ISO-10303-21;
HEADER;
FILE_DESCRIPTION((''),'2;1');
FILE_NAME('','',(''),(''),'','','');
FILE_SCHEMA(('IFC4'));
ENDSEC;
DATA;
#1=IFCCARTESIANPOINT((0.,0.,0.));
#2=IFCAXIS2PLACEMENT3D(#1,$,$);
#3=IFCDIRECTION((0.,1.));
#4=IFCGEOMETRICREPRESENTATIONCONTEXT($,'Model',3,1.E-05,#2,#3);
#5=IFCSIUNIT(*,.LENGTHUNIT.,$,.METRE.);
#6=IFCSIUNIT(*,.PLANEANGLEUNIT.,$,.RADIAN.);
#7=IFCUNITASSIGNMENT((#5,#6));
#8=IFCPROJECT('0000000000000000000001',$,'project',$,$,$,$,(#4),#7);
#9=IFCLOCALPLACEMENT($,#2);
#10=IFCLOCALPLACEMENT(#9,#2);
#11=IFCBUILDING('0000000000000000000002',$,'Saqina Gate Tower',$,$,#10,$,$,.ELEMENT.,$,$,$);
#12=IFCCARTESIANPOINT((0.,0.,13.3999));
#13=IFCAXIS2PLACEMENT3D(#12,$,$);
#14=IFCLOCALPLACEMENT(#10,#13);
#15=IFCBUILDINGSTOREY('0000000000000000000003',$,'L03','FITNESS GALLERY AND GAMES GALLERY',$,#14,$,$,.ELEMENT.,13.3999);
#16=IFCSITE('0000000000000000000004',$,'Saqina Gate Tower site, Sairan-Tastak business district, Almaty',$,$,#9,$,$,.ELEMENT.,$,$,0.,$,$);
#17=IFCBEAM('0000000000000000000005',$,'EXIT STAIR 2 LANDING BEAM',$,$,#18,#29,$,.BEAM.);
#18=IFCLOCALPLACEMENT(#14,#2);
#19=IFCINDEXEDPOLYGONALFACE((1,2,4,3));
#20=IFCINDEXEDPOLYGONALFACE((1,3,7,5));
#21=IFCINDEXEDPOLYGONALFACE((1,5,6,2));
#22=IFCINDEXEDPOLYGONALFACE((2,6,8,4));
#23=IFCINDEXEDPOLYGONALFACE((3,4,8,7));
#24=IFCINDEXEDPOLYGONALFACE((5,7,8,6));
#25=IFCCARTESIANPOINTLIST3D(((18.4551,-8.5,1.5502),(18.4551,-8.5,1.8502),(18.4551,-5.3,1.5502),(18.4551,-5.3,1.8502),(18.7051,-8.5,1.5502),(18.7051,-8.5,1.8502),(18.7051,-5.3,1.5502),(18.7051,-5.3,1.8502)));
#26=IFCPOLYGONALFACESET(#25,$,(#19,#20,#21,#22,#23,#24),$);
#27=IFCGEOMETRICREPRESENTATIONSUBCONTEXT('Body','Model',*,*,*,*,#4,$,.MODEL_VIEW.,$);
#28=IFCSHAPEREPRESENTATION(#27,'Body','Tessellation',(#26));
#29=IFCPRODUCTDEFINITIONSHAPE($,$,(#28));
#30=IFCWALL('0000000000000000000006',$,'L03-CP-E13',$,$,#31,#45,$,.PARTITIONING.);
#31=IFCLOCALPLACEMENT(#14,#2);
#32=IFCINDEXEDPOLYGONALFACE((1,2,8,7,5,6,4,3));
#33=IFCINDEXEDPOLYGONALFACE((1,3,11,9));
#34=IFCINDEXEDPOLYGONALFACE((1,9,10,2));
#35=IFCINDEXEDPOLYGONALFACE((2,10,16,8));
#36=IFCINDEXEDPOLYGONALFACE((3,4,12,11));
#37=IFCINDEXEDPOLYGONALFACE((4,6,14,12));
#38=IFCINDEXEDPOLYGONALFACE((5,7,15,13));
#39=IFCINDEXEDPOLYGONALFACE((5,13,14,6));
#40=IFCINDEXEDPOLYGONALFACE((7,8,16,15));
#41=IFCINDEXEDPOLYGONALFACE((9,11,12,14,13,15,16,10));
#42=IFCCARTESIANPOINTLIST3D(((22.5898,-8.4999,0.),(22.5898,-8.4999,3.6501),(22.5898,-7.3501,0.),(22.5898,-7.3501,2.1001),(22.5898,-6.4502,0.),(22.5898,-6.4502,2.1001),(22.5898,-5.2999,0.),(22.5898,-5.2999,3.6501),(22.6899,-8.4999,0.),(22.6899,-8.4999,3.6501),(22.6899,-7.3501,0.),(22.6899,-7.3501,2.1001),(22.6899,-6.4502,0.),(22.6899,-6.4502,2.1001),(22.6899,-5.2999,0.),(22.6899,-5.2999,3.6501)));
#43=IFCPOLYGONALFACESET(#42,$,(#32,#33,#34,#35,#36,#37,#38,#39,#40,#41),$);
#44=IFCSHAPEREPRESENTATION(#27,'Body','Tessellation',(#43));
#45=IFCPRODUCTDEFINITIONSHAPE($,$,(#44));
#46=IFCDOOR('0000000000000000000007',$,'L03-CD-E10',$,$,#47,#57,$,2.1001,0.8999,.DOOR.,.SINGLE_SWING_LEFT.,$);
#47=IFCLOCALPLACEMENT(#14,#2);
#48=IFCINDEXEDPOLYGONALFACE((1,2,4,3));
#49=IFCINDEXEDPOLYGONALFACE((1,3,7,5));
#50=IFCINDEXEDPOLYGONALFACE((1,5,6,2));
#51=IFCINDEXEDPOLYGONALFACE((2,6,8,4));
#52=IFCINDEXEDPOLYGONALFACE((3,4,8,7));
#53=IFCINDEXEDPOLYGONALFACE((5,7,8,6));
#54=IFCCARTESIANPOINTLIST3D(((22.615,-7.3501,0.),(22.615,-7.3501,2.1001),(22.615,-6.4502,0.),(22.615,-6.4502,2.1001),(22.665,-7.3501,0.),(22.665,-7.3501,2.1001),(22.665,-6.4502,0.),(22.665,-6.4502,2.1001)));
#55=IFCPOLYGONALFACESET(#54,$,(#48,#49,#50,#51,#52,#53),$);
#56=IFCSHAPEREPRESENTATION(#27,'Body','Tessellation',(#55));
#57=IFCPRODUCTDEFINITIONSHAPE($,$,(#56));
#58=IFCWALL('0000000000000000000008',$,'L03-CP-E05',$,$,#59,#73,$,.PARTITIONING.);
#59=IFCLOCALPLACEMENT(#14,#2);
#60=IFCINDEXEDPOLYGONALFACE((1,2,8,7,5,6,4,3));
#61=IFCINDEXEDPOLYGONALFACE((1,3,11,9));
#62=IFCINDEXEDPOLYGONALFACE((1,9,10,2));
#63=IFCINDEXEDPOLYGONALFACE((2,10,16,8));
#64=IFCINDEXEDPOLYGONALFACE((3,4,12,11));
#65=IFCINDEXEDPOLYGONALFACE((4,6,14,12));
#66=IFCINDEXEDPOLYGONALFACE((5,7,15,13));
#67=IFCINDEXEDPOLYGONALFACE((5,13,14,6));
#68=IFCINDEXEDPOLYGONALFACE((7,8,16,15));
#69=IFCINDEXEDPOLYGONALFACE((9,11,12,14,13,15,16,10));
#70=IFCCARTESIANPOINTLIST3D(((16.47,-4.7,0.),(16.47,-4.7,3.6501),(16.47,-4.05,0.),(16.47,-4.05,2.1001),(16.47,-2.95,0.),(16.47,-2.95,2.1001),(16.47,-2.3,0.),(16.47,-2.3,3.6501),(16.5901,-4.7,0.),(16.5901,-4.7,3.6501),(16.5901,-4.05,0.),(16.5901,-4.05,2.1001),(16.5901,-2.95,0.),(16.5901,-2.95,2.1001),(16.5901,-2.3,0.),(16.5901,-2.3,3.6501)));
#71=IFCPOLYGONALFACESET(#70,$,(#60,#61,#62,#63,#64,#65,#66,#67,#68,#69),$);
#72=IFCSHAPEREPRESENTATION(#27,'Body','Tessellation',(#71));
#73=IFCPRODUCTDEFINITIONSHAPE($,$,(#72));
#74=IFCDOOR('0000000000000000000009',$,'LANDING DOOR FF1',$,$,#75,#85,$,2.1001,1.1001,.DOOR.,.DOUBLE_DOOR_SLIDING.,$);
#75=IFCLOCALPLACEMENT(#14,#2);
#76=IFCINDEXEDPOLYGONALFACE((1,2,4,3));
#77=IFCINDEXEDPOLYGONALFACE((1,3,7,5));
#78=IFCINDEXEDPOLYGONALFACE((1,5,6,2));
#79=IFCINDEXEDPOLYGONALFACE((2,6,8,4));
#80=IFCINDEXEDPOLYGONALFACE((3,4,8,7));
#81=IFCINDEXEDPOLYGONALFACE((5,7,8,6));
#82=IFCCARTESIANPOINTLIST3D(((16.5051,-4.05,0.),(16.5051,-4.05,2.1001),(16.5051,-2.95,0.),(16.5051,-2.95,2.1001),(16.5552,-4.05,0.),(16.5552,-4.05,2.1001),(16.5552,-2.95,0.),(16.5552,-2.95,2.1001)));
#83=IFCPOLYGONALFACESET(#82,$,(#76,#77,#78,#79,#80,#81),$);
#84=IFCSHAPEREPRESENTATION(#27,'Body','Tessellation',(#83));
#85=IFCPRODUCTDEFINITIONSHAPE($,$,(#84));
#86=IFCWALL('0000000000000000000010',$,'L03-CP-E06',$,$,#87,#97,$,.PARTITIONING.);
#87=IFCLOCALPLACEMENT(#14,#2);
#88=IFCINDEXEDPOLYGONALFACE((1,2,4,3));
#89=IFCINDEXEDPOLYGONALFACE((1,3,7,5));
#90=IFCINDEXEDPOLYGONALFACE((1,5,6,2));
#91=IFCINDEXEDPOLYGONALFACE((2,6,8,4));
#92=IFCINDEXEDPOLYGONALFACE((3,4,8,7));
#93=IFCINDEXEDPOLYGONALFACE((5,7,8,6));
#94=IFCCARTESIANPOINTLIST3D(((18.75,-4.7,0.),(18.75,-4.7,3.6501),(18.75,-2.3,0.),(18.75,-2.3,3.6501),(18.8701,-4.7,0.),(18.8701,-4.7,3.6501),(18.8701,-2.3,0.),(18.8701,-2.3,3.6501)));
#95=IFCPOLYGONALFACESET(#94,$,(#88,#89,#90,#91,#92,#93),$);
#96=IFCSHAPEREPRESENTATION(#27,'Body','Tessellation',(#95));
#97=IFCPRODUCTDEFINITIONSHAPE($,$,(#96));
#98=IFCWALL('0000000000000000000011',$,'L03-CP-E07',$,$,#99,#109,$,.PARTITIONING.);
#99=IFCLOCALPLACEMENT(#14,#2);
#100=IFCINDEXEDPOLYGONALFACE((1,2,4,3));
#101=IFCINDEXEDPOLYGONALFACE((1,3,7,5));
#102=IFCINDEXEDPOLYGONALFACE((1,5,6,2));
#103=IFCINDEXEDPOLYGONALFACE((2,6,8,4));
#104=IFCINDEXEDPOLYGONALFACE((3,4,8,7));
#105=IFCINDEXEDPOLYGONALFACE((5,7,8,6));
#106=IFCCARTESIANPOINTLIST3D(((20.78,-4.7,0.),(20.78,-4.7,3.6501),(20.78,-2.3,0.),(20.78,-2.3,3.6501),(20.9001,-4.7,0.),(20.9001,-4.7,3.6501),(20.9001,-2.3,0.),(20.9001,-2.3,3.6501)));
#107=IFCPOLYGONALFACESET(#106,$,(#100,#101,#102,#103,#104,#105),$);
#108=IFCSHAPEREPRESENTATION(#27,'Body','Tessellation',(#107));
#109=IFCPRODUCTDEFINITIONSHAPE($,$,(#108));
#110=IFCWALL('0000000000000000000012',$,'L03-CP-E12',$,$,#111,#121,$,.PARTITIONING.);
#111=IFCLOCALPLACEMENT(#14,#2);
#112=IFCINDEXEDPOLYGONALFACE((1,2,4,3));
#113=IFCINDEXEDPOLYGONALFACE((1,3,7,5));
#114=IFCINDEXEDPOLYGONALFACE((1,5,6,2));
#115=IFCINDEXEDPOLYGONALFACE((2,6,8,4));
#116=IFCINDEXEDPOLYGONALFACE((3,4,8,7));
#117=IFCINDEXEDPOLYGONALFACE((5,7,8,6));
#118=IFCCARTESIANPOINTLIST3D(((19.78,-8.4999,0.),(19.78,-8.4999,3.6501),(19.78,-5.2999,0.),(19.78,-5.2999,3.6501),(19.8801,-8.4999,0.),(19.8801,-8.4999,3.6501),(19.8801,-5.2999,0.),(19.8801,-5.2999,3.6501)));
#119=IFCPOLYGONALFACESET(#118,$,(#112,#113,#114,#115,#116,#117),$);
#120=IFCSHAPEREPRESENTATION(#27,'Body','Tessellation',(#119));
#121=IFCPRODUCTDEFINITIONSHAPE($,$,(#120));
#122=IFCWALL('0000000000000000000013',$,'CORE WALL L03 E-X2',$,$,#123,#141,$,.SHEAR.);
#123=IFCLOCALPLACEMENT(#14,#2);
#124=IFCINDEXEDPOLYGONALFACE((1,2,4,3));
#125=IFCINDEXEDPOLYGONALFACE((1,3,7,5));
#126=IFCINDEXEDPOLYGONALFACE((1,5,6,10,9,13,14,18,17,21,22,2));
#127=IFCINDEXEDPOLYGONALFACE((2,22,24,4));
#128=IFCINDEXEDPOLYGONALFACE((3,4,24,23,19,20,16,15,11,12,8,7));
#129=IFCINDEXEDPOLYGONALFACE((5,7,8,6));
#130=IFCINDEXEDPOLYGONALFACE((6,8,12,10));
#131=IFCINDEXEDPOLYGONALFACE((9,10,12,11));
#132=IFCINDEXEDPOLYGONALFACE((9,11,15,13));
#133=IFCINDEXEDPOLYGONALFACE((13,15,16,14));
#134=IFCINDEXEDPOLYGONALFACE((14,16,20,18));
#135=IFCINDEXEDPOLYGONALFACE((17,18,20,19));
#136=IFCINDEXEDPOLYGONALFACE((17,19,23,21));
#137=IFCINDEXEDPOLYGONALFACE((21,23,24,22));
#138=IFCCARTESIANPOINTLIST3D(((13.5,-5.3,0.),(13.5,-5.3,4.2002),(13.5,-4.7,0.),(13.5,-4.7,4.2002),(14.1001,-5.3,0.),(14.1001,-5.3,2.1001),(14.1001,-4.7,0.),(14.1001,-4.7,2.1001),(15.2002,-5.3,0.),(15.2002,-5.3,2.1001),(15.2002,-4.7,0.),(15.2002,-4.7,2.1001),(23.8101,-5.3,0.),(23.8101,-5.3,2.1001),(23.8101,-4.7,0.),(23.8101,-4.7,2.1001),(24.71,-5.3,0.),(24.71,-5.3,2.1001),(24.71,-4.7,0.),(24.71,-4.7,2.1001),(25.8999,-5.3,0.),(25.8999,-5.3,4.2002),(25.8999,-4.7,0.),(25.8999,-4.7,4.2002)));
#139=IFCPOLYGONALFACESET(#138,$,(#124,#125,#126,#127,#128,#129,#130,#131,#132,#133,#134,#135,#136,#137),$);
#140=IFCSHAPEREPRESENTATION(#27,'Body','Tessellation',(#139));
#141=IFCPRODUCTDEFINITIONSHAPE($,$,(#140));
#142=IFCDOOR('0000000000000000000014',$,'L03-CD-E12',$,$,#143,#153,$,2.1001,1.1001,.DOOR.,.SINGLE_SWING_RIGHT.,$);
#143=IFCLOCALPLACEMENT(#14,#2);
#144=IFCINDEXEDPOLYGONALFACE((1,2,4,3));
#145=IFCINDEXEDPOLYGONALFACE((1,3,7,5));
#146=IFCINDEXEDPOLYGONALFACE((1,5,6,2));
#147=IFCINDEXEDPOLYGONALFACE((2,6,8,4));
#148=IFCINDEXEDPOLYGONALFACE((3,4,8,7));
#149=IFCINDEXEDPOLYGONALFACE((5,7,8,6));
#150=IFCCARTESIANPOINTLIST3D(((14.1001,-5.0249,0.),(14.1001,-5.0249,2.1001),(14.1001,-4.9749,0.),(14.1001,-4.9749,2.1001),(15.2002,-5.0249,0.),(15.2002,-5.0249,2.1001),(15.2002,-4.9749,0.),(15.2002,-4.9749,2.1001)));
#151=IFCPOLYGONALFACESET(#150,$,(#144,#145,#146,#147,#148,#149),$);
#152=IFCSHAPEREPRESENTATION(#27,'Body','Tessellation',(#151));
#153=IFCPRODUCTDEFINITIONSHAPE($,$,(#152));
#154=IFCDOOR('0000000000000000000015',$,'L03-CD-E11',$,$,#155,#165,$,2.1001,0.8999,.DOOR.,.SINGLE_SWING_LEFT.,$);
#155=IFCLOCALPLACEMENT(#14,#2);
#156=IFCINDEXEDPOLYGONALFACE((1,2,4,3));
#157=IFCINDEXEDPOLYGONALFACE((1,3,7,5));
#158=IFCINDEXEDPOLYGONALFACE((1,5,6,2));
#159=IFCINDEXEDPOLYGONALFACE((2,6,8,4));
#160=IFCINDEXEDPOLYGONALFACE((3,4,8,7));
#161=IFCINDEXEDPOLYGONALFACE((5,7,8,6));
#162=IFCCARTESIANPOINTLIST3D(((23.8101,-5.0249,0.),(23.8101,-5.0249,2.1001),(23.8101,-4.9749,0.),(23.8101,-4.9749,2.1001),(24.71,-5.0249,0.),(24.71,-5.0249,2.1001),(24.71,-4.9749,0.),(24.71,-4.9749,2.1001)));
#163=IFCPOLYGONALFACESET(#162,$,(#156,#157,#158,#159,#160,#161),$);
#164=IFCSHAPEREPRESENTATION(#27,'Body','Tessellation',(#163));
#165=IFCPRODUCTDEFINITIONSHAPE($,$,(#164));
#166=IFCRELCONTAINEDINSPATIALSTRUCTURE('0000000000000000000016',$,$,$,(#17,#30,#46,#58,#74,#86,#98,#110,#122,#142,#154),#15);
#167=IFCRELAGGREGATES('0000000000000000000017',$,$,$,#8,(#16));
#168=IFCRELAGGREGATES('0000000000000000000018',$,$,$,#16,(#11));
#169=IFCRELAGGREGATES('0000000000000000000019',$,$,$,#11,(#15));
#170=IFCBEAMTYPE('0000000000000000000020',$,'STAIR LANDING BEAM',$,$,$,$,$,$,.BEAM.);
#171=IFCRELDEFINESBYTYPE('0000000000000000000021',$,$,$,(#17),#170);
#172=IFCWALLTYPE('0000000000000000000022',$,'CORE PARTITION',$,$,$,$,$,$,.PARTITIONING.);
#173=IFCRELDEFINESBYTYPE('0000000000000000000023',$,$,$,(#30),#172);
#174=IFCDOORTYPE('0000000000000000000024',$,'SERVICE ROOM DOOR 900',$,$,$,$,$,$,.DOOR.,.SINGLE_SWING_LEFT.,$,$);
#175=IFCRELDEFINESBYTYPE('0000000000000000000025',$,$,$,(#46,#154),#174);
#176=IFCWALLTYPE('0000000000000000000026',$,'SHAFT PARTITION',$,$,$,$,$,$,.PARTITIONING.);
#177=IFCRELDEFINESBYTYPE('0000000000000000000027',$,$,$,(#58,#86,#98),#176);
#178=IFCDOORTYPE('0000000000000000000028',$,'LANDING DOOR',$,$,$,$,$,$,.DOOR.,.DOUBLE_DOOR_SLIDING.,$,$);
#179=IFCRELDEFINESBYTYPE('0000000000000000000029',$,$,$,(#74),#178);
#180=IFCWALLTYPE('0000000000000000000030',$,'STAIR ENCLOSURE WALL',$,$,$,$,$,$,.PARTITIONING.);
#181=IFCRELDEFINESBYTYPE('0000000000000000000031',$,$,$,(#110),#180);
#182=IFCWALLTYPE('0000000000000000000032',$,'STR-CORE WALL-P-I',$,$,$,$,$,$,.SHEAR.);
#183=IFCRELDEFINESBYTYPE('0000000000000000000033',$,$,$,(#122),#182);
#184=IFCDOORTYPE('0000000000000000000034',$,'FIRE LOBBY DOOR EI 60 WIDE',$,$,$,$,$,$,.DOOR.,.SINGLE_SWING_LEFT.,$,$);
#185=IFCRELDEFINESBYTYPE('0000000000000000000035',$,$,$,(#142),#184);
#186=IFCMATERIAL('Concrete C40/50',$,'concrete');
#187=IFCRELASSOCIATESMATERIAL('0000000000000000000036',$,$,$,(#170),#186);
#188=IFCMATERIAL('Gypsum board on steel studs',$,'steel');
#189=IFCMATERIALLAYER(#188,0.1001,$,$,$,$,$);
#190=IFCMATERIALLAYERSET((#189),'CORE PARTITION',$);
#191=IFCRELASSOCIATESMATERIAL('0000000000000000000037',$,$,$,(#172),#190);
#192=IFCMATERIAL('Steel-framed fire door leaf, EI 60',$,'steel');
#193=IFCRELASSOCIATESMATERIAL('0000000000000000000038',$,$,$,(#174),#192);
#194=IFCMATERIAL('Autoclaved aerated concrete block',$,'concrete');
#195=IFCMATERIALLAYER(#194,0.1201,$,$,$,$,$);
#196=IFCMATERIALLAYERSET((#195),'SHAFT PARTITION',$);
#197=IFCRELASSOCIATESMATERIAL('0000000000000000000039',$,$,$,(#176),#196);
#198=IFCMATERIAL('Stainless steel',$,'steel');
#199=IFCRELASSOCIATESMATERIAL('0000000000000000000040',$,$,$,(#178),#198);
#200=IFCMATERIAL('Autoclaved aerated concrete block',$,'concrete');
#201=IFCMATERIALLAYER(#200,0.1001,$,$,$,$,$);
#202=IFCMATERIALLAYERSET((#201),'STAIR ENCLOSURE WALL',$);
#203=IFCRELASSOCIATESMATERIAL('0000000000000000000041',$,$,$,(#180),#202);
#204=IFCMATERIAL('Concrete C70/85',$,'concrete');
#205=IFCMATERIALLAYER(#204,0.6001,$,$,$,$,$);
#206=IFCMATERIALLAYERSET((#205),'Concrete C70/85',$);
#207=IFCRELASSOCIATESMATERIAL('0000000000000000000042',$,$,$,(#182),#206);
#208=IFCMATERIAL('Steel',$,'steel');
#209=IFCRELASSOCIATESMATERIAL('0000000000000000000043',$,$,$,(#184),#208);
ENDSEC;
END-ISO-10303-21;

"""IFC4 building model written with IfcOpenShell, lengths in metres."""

from ifc_helpers import new_model, si_unit, direction, frame, frame_2d, origin, origin_2d, place, context, subcontext, project, spatial, rectangle, extrude, material, layer, layer_set, material_profile, profile_set, type_object, element, fill, save


model = new_model("IFC4")

# Units and contexts
model_context = context("Model", 3, precision=1e-05, world=origin(), true_north=direction((0.0, 1.0)))
body_context = subcontext(model_context, "Body", "Model", "MODEL_VIEW")
ifc_project = project(units=[si_unit("LENGTHUNIT", "METRE"), si_unit("PLANEANGLEUNIT", "RADIAN")], contexts=[model_context])

# Site, building, storey
site_placement = place(None, origin())
site = spatial("IfcSite", under=ifc_project, at=site_placement, Name="Saqina Gate Tower site, Sairan-Tastak business district, Almaty", CompositionType="ELEMENT", RefElevation=0.0)
building_placement = place(site_placement, origin())
building = spatial("IfcBuilding", under=site, at=building_placement, Name="Saqina Gate Tower", CompositionType="ELEMENT")
storey_placement = place(building_placement, frame((0.0, 0.0, 13.3999)))
storey = spatial("IfcBuildingStorey", under=building, at=storey_placement, Name="L03", Description="FITNESS GALLERY AND GAMES GALLERY", CompositionType="ELEMENT", Elevation=13.3999)

# Beam
ifc_material_1 = material(Name="Concrete C40/50", Category="concrete")
ifc_material_profile = material_profile(ifc_material_1, rectangle(XDim=0.25, YDim=0.3, at=origin_2d()), Name="STAIR LANDING BEAM")
ifc_profile_set = profile_set([ifc_material_profile], Name="Concrete C40/50")
beam_type = type_object("IfcBeamType", Name="STAIR LANDING BEAM", PredefinedType="BEAM", material=ifc_profile_set)
beam_placement = place(storey_placement, frame((18.5801, -8.5, 1.7002), z_axis=(0.0, 1.0, 0.0), x_axis=(-1.0, 0.0, 0.0)))
element("IfcBeam", 1, at=beam_placement, inside=storey, type_object=beam_type, Name="EXIT STAIR 2 LANDING BEAM", PredefinedType="BEAM", context=body_context, shape_type="SweptSolid", body=[
    extrude(rectangle(XDim=0.25, YDim=0.3, at=origin_2d()), origin(), (0.0, 0.0, 1.0), 3.2),
])

# Walls, openings, doors
ifc_material_2 = material(Name="Gypsum board on steel studs", Category="steel")
ifc_layer_1 = layer(ifc_material_2, 0.1001)
ifc_layer_set_1 = layer_set([ifc_layer_1], Name="CORE PARTITION")
wall_type_1 = type_object("IfcWallType", Name="CORE PARTITION", PredefinedType="PARTITIONING", material=ifc_layer_set_1)
wall_1_placement = place(storey_placement, frame((22.6399, -8.5, 0.0), z_axis=(0.0, 0.0, 1.0), x_axis=(0.0, 1.0, 0.0)))
wall_1 = element("IfcWall", 2, at=wall_1_placement, inside=storey, type_object=wall_type_1, Name="L03-CP-E13", PredefinedType="PARTITIONING", context=body_context, shape_type="SweptSolid", body=[
    extrude(rectangle(XDim=3.2, YDim=0.1001, at=frame_2d((1.6001, 0.0))), origin(), (0.0, 0.0, 1.0), 3.6501),
])
opening_1_placement = place(wall_1_placement, frame((1.1499, 0.0, 0.0)))
opening_1 = element("IfcOpeningElement", 3, at=opening_1_placement, cuts=wall_1, PredefinedType="OPENING", context=body_context, shape_type="SweptSolid", body=[
    extrude(rectangle(XDim=0.8999, YDim=2.1001, at=frame_2d((0.45, 1.05))), frame((0.0, 0.062, 0.0), z_axis=(0.0, -1.0, 0.0), x_axis=(1.0, 0.0, 0.0)), (0.0, 0.0, 1.0), 0.124),
])
ifc_material_3 = material(Name="Steel-framed fire door leaf, EI 60", Category="steel")
door_type_1 = type_object("IfcDoorType", Name="SERVICE ROOM DOOR 900", OperationType="SINGLE_SWING_LEFT", PredefinedType="DOOR", material=ifc_material_3)
door_1_placement = place(opening_1_placement, origin())
door_1 = element("IfcDoor", 4, at=door_1_placement, inside=storey, type_object=door_type_1, Name="L03-CD-E10", OperationType="SINGLE_SWING_LEFT", OverallHeight=2.1001, OverallWidth=0.8999, PredefinedType="DOOR", context=body_context, shape_type="SweptSolid", body=[
    extrude(rectangle(XDim=0.8999, YDim=2.1001, at=frame_2d((0.45, 1.05))), frame((0.0, 0.0249, 0.0), z_axis=(0.0, -1.0, 0.0), x_axis=(1.0, 0.0, 0.0)), (0.0, 0.0, 1.0), 0.05),
])
fill(opening_1, door_1)
ifc_material_4 = material(Name="Autoclaved aerated concrete block", Category="concrete")
ifc_layer_2 = layer(ifc_material_4, 0.1201)
ifc_layer_set_2 = layer_set([ifc_layer_2], Name="SHAFT PARTITION")
wall_type_2 = type_object("IfcWallType", Name="SHAFT PARTITION", PredefinedType="PARTITIONING", material=ifc_layer_set_2)
wall_2_placement = place(storey_placement, frame((16.53, -4.7, 0.0), z_axis=(0.0, 0.0, 1.0), x_axis=(0.0, 1.0, 0.0)))
wall_2 = element("IfcWall", 5, at=wall_2_placement, inside=storey, type_object=wall_type_2, Name="L03-CP-E05", PredefinedType="PARTITIONING", context=body_context, shape_type="SweptSolid", body=[
    extrude(rectangle(XDim=2.3999, YDim=0.1201, at=frame_2d((1.2, 0.0))), origin(), (0.0, 0.0, 1.0), 3.6501),
])
opening_2_placement = place(wall_2_placement, frame((0.6499, 0.0, 0.0)))
opening_2 = element("IfcOpeningElement", 6, at=opening_2_placement, cuts=wall_2, PredefinedType="OPENING", context=body_context, shape_type="SweptSolid", body=[
    extrude(rectangle(XDim=1.1001, YDim=2.1001, at=frame_2d((0.55, 1.05))), frame((0.0, 0.072, 0.0), z_axis=(0.0, -1.0, 0.0), x_axis=(1.0, 0.0, 0.0)), (0.0, 0.0, 1.0), 0.144),
])
ifc_material_5 = material(Name="Stainless steel", Category="steel")
door_type_2 = type_object("IfcDoorType", Name="LANDING DOOR", OperationType="DOUBLE_DOOR_SLIDING", PredefinedType="DOOR", material=ifc_material_5)
door_2_placement = place(opening_2_placement, origin())
door_2 = element("IfcDoor", 7, at=door_2_placement, inside=storey, type_object=door_type_2, Name="LANDING DOOR FF1", OperationType="DOUBLE_DOOR_SLIDING", OverallHeight=2.1001, OverallWidth=1.1001, PredefinedType="DOOR", context=body_context, shape_type="SweptSolid", body=[
    extrude(rectangle(XDim=1.1001, YDim=2.1001, at=frame_2d((0.55, 1.05))), frame((0.0, 0.0249, 0.0), z_axis=(0.0, -1.0, 0.0), x_axis=(1.0, 0.0, 0.0)), (0.0, 0.0, 1.0), 0.05),
])
fill(opening_2, door_2)

# Walls
for number, where, z_axis, x_axis, name in (
    (8, (18.8101, -4.7, 0.0), (0.0, 0.0, 1.0), (0.0, 1.0, 0.0), "L03-CP-E06"),
    (9, (20.8401, -4.7, 0.0), (0.0, 0.0, 1.0), (0.0, 1.0, 0.0), "L03-CP-E07"),
):
    element("IfcWall", number, at=place(storey_placement, frame(where, z_axis=z_axis, x_axis=x_axis)), inside=storey, type_object=wall_type_2, Name=name, PredefinedType="PARTITIONING", context=body_context, shape_type="SweptSolid", body=[
        extrude(rectangle(XDim=2.3999, YDim=0.1201, at=frame_2d((1.2, 0.0))), origin(), (0.0, 0.0, 1.0), 3.6501),
    ])
ifc_material_6 = material(Name="Autoclaved aerated concrete block", Category="concrete")
ifc_layer_3 = layer(ifc_material_6, 0.1001)
ifc_layer_set_3 = layer_set([ifc_layer_3], Name="STAIR ENCLOSURE WALL")
wall_type_3 = type_object("IfcWallType", Name="STAIR ENCLOSURE WALL", PredefinedType="PARTITIONING", material=ifc_layer_set_3)
wall_3_placement = place(storey_placement, frame((19.8301, -8.5, 0.0), z_axis=(0.0, 0.0, 1.0), x_axis=(0.0, 1.0, 0.0)))
element("IfcWall", 10, at=wall_3_placement, inside=storey, type_object=wall_type_3, Name="L03-CP-E12", PredefinedType="PARTITIONING", context=body_context, shape_type="SweptSolid", body=[
    extrude(rectangle(XDim=3.2, YDim=0.1001, at=frame_2d((1.6001, 0.0))), origin(), (0.0, 0.0, 1.0), 3.6501),
])

# Wall, openings, doors
ifc_material_7 = material(Name="Concrete C70/85", Category="concrete")
ifc_layer_4 = layer(ifc_material_7, 0.6001)
ifc_layer_set_4 = layer_set([ifc_layer_4], Name="Concrete C70/85")
wall_type_4 = type_object("IfcWallType", Name="STR-CORE WALL-P-I", PredefinedType="SHEAR", material=ifc_layer_set_4)
wall_4_placement = place(storey_placement, frame((13.5, -5.0, 0.0), z_axis=(0.0, 0.0, 1.0), x_axis=(1.0, 0.0, 0.0)))
wall_4 = element("IfcWall", 11, at=wall_4_placement, inside=storey, type_object=wall_type_4, Name="CORE WALL L03 E-X2", PredefinedType="SHEAR", context=body_context, shape_type="SweptSolid", body=[
    extrude(rectangle(XDim=12.3999, YDim=0.6001, at=frame_2d((6.2, 0.0))), origin(), (0.0, 0.0, 1.0), 4.2002),
])
opening_3_placement = place(wall_4_placement, frame((10.3101, 0.0, 0.0)))
opening_3 = element("IfcOpeningElement", 12, at=opening_3_placement, cuts=wall_4, PredefinedType="OPENING", context=body_context, shape_type="SweptSolid", body=[
    extrude(rectangle(XDim=0.8999, YDim=2.1001, at=frame_2d((0.45, 1.05))), frame((0.0, 0.312, 0.0), z_axis=(0.0, -1.0, 0.0), x_axis=(1.0, 0.0, 0.0)), (0.0, 0.0, 1.0), 0.624),
])
opening_4_placement = place(wall_4_placement, frame((0.6001, 0.0, 0.0)))
opening_4 = element("IfcOpeningElement", 13, at=opening_4_placement, cuts=wall_4, PredefinedType="OPENING", context=body_context, shape_type="SweptSolid", body=[
    extrude(rectangle(XDim=1.1001, YDim=2.1001, at=frame_2d((0.55, 1.05))), frame((0.0, 0.312, 0.0), z_axis=(0.0, -1.0, 0.0), x_axis=(1.0, 0.0, 0.0)), (0.0, 0.0, 1.0), 0.624),
])
ifc_material_8 = material(Name="Steel", Category="steel")
door_type_3 = type_object("IfcDoorType", Name="FIRE LOBBY DOOR EI 60 WIDE", OperationType="SINGLE_SWING_LEFT", PredefinedType="DOOR", material=ifc_material_8)
door_3_placement = place(opening_4_placement, frame((1.1001, 0.0, 0.0), z_axis=(0.0, 0.0, 1.0), x_axis=(-1.0, 0.0, 0.0)))
door_3 = element("IfcDoor", 14, at=door_3_placement, inside=storey, type_object=door_type_3, Name="L03-CD-E12", OperationType="SINGLE_SWING_RIGHT", OverallHeight=2.1001, OverallWidth=1.1001, PredefinedType="DOOR", context=body_context, shape_type="SweptSolid", body=[
    extrude(rectangle(XDim=1.1001, YDim=2.1001, at=frame_2d((0.55, 1.05))), frame((0.0, 0.0249, 0.0), z_axis=(0.0, -1.0, 0.0), x_axis=(1.0, 0.0, 0.0)), (0.0, 0.0, 1.0), 0.05),
])
fill(opening_4, door_3)
door_4_placement = place(opening_3_placement, frame((0.8999, 0.0, 0.0), z_axis=(0.0, 0.0, 1.0), x_axis=(-1.0, 0.0, 0.0)))
door_4 = element("IfcDoor", 15, at=door_4_placement, inside=storey, type_object=door_type_1, Name="L03-CD-E11", OperationType="SINGLE_SWING_LEFT", OverallHeight=2.1001, OverallWidth=0.8999, PredefinedType="DOOR", context=body_context, shape_type="SweptSolid", body=[
    extrude(rectangle(XDim=0.8999, YDim=2.1001, at=frame_2d((0.45, 1.05))), frame((0.0, 0.0249, 0.0), z_axis=(0.0, -1.0, 0.0), x_axis=(1.0, 0.0, 0.0)), (0.0, 0.0, 1.0), 0.05),
])
fill(opening_3, door_4)

save(model, "model.ifc")
